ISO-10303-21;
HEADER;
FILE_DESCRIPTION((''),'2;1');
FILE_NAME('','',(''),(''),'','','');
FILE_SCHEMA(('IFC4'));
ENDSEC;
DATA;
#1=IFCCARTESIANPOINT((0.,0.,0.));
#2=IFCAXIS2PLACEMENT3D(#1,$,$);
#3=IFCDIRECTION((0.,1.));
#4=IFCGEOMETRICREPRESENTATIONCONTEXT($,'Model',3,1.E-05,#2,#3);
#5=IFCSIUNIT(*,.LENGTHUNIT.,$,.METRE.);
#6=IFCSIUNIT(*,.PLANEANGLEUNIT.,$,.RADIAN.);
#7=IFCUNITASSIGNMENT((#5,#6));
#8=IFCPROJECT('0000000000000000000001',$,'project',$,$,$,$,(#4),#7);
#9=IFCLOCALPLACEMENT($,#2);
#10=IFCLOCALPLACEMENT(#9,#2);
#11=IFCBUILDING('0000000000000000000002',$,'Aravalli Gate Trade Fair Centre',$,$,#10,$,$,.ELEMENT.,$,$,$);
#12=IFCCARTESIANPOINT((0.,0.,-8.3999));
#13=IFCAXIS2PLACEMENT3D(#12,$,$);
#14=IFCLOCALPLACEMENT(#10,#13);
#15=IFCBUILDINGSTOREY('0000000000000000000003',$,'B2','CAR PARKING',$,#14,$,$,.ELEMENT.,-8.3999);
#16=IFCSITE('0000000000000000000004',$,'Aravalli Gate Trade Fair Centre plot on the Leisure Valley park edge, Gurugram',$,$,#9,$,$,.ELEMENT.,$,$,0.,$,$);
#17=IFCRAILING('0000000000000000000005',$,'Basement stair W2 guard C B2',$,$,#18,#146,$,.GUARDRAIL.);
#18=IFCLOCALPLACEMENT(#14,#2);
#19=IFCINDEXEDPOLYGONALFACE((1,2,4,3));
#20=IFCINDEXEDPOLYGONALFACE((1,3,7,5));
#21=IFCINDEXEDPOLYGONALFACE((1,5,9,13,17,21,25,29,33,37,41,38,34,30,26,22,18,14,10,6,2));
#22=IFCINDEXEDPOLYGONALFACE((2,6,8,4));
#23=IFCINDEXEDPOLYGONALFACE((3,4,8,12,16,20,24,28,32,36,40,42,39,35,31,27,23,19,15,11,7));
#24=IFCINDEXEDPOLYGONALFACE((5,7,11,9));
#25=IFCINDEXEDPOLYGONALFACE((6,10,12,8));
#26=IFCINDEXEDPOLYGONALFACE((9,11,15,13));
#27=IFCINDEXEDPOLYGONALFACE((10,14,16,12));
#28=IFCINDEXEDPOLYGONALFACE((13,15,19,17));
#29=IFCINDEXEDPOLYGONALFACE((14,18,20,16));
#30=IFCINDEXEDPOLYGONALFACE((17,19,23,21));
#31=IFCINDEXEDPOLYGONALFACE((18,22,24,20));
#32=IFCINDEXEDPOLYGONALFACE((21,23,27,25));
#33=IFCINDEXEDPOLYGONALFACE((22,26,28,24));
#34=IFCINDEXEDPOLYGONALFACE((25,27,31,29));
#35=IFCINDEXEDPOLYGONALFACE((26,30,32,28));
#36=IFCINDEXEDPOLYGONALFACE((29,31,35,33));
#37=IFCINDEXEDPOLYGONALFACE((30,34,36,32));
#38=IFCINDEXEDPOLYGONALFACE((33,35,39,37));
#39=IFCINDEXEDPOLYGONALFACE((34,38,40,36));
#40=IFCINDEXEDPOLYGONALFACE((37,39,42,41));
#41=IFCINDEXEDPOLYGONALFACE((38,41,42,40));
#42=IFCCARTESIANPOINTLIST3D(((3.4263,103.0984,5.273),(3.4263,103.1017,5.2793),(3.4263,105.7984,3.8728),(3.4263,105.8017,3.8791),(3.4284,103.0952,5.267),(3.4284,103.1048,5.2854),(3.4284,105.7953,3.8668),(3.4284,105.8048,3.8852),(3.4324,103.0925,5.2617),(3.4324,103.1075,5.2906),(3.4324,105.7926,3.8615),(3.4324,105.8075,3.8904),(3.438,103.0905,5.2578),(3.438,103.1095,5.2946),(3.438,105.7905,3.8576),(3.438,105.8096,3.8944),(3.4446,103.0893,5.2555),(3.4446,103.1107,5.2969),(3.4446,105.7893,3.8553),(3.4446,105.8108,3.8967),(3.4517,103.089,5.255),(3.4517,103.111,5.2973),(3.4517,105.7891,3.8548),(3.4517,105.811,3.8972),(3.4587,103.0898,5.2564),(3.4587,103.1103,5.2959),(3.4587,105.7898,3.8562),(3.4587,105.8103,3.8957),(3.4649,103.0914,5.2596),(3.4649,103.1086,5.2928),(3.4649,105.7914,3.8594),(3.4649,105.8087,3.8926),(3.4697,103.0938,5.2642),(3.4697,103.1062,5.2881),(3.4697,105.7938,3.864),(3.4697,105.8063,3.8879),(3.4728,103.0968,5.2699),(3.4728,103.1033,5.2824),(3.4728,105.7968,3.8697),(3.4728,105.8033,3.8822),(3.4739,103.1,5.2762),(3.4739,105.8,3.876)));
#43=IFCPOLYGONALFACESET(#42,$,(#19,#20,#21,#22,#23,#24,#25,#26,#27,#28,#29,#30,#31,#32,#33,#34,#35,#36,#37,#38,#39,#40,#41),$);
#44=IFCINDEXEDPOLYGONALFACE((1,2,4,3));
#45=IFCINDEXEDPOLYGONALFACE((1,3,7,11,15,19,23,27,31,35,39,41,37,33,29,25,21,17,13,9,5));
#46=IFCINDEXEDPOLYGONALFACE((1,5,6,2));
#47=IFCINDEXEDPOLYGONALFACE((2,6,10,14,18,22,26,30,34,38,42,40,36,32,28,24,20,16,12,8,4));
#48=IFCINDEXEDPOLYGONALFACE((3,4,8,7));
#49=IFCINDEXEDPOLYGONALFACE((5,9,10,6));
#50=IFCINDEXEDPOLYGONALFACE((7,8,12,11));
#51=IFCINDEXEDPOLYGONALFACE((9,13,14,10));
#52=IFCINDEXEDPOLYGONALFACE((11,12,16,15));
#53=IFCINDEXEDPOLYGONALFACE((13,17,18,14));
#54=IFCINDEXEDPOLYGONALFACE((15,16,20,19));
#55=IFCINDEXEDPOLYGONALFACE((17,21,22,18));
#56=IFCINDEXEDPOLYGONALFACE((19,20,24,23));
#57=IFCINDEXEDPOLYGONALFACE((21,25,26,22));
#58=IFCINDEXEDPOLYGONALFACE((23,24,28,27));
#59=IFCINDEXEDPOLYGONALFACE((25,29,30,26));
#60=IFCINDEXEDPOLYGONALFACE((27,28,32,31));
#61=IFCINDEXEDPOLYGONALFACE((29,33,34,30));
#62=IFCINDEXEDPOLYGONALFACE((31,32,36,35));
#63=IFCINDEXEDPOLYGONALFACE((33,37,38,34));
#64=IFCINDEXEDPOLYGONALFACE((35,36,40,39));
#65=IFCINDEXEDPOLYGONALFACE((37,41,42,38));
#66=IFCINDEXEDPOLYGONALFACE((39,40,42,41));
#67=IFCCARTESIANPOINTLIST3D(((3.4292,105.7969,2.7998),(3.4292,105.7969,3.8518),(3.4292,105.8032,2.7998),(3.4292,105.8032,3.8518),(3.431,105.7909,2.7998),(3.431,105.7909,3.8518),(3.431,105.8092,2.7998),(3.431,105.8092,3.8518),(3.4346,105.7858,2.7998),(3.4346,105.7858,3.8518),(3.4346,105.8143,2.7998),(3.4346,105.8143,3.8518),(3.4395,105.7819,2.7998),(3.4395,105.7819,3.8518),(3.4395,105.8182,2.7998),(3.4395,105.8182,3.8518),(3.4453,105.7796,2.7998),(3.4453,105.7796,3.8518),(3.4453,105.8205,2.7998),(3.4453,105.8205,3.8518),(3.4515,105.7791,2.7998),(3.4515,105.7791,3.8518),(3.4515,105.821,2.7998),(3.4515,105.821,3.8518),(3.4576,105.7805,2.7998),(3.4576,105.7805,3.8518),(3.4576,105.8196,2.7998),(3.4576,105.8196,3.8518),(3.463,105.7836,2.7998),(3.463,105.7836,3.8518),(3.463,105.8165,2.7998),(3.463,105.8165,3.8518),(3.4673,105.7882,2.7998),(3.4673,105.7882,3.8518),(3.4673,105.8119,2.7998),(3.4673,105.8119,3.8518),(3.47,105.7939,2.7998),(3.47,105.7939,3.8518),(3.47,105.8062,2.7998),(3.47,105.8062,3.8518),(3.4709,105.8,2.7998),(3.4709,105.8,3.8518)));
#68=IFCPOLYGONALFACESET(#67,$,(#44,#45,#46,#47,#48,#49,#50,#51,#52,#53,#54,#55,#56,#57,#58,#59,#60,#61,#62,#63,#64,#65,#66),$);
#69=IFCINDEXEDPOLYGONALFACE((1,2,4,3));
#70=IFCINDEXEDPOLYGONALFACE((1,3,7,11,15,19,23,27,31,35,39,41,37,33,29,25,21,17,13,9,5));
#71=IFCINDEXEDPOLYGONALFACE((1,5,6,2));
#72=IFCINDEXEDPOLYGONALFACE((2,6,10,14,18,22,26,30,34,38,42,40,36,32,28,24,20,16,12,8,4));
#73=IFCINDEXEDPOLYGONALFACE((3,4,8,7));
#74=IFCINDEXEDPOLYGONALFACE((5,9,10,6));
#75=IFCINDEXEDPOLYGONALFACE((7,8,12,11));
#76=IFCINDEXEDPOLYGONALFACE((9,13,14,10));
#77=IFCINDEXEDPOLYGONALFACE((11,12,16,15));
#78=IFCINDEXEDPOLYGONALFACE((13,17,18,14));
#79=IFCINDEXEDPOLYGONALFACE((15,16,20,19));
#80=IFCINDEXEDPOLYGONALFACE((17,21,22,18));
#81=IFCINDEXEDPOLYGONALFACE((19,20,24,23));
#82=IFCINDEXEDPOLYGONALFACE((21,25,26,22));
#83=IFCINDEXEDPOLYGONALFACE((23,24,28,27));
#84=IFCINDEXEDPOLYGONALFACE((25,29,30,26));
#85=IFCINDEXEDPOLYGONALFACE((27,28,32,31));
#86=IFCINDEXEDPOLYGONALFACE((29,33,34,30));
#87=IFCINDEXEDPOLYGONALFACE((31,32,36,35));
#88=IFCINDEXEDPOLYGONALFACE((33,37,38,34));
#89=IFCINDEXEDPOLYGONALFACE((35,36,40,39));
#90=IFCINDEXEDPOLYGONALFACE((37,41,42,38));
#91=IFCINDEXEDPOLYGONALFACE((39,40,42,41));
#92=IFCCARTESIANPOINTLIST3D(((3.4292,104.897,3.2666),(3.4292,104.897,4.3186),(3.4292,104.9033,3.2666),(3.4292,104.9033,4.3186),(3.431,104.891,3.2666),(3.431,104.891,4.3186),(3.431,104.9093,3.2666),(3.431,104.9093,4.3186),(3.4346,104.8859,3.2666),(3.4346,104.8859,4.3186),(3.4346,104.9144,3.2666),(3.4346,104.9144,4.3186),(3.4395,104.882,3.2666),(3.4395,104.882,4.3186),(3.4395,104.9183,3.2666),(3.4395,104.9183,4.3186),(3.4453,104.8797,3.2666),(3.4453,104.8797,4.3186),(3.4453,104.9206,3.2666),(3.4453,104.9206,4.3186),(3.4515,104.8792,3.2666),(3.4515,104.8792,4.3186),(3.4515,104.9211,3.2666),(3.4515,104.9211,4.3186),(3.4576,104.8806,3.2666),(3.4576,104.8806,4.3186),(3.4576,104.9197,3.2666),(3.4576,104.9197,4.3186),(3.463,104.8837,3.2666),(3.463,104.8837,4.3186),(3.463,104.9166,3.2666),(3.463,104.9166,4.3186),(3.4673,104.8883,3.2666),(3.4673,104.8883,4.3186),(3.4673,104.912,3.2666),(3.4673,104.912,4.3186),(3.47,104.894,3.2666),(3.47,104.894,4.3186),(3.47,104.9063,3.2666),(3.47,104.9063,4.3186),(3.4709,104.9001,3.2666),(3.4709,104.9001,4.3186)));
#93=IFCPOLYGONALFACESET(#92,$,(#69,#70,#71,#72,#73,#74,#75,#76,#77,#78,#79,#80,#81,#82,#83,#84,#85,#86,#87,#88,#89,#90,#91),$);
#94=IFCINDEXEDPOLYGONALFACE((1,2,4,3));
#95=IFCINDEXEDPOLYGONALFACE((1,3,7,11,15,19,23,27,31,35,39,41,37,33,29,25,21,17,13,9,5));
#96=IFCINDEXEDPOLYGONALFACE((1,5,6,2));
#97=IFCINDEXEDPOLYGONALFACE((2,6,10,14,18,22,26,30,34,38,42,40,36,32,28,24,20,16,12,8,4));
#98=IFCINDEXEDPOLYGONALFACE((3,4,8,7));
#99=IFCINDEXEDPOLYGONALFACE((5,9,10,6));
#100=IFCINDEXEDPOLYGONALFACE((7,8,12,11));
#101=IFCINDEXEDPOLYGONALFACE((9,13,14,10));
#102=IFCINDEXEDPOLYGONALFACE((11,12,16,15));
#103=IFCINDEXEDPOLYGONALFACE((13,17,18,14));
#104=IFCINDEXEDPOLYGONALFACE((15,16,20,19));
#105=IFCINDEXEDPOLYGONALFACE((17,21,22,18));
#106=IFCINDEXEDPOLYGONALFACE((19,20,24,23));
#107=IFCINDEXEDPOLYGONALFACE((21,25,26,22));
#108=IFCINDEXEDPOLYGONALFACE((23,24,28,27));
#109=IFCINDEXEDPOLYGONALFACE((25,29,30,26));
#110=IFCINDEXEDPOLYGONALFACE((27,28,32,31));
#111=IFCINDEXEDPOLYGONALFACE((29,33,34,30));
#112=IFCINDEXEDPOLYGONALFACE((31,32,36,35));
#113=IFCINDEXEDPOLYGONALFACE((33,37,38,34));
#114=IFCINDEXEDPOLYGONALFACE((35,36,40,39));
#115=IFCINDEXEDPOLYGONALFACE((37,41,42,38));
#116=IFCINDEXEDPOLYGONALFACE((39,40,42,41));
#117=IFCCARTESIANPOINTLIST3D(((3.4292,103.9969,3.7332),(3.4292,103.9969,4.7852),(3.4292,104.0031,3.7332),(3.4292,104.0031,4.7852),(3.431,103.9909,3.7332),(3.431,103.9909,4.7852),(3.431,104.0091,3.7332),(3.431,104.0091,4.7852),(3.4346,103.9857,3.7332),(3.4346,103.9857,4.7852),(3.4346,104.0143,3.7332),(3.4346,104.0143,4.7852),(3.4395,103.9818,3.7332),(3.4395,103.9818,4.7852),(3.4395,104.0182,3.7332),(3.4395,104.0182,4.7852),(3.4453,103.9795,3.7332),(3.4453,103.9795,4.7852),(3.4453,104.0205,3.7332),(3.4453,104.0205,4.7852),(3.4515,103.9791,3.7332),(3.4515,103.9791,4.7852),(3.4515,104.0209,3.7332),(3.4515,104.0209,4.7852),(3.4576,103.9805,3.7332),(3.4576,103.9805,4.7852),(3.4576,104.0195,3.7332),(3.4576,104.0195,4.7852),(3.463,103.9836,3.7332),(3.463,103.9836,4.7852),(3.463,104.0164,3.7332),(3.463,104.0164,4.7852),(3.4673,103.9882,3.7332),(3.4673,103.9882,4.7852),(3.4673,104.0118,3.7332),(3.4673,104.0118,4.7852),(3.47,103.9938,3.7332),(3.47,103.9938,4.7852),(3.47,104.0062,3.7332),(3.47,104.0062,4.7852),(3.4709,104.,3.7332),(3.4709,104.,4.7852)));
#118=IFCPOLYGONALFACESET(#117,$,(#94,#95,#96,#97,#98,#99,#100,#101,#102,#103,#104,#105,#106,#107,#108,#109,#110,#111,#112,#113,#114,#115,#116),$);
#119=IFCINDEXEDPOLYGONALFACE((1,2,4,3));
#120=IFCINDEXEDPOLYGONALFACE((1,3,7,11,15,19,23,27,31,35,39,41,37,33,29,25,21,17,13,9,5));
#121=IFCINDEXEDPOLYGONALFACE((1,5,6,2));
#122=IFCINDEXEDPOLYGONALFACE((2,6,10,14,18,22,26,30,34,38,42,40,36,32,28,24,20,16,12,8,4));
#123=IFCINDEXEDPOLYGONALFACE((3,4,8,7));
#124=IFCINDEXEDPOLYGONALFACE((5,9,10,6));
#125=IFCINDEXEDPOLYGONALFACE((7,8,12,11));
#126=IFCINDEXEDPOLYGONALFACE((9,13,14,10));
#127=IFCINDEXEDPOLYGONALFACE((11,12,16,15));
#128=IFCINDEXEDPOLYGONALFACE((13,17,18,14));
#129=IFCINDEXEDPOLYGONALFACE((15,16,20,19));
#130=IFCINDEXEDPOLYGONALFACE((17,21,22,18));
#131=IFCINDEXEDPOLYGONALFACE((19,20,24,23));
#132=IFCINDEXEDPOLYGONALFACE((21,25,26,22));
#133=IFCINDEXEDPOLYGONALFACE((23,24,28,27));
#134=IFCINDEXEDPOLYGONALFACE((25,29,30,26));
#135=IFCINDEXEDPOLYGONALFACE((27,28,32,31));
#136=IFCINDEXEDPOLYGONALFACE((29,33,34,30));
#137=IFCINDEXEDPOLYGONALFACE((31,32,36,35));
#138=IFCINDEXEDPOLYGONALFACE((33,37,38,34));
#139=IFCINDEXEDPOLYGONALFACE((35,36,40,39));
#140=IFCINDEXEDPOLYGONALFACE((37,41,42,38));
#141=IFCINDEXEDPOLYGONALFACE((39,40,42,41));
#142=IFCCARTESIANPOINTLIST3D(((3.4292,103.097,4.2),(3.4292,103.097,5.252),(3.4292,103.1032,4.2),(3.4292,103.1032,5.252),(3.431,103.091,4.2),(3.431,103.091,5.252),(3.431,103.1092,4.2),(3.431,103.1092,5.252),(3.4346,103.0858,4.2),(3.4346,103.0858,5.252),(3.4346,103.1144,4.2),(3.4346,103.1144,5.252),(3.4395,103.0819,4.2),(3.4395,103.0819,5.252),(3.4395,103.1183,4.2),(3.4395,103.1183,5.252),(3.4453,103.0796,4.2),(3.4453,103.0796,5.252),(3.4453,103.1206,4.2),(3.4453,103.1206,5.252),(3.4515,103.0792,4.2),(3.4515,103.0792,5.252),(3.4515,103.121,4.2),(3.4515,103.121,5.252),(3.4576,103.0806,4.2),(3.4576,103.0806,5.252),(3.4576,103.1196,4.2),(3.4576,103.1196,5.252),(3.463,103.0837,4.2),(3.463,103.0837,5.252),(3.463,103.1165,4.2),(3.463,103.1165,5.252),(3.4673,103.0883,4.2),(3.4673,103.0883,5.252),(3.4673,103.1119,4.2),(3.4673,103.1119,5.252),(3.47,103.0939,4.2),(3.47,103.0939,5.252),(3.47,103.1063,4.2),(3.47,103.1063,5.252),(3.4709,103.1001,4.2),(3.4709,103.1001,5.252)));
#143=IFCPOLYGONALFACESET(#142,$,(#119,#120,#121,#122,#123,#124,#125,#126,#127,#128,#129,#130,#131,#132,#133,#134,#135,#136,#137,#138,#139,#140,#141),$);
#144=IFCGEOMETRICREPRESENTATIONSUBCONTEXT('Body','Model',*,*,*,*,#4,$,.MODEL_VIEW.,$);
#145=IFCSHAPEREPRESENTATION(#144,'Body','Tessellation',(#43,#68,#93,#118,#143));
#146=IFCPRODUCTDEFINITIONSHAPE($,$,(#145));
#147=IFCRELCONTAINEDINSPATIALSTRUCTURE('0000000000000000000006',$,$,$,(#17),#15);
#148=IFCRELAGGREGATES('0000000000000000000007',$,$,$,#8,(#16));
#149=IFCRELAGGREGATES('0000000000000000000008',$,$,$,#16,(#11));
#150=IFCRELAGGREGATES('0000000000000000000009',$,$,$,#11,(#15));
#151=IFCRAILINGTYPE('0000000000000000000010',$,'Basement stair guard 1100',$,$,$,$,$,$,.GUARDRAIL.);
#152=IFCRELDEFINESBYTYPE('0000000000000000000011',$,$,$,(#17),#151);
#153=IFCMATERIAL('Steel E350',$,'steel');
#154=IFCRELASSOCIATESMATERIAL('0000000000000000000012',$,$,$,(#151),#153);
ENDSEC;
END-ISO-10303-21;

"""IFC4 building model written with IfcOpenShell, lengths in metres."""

from ifc_helpers import new_model, si_unit, direction, frame, origin, origin_2d, place, context, subcontext, project, spatial, circle, extrude, material, type_object, element, save


model = new_model("IFC4")

# Units and contexts
model_context = context("Model", 3, precision=1e-05, world=origin(), true_north=direction((0.0, 1.0)))
body_context = subcontext(model_context, "Body", "Model", "MODEL_VIEW")
ifc_project = project(units=[si_unit("LENGTHUNIT", "METRE"), si_unit("PLANEANGLEUNIT", "RADIAN")], contexts=[model_context])

# Site, building, storey
site_placement = place(None, origin())
site = spatial("IfcSite", under=ifc_project, at=site_placement, Name="Aravalli Gate Trade Fair Centre plot on the Leisure Valley park edge, Gurugram", CompositionType="ELEMENT", RefElevation=0.0)
building_placement = place(site_placement, origin())
building = spatial("IfcBuilding", under=site, at=building_placement, Name="Aravalli Gate Trade Fair Centre", CompositionType="ELEMENT")
storey_placement = place(building_placement, frame((0.0, 0.0, -8.3999)))
storey = spatial("IfcBuildingStorey", under=building, at=storey_placement, Name="B2", Description="CAR PARKING", CompositionType="ELEMENT", Elevation=-8.3999)

# Railing
ifc_material_1 = material(Name="Steel E350", Category="steel")
railing_type_1 = type_object("IfcRailingType", Name="Basement stair guard 1100", PredefinedType="GUARDRAIL", material=ifc_material_1)
railing_1_placement = place(storey_placement, frame((3.45, 105.8, 2.7998)))
element("IfcRailing", 1, at=railing_1_placement, inside=storey, type_object=railing_type_1, Name="Basement stair W2 guard C B2", PredefinedType="GUARDRAIL", context=body_context, shape_type="SweptSolid", body=[
    extrude(circle(Radius=0.0239, at=origin_2d()), frame((0.0, 0.0, 1.0762), z_axis=(0.0, -0.887731, 0.460362), x_axis=(1.0, 0.0, 0.0)), (0.0, 0.0, 1.0), 3.0415),
    extrude(circle(Radius=0.021, at=origin_2d()), origin(), (0.0, 0.0, 1.0), 1.052),
    extrude(circle(Radius=0.021, at=origin_2d()), frame((0.0, -0.8999, 0.4668)), (0.0, 0.0, 1.0), 1.052),
    extrude(circle(Radius=0.021, at=origin_2d()), frame((0.0, -1.8, 0.9333)), (0.0, 0.0, 1.0), 1.052),
    extrude(circle(Radius=0.021, at=origin_2d()), frame((0.0, -2.7, 1.4001)), (0.0, 0.0, 1.0), 1.052),
])

save(model, "model.ifc")
